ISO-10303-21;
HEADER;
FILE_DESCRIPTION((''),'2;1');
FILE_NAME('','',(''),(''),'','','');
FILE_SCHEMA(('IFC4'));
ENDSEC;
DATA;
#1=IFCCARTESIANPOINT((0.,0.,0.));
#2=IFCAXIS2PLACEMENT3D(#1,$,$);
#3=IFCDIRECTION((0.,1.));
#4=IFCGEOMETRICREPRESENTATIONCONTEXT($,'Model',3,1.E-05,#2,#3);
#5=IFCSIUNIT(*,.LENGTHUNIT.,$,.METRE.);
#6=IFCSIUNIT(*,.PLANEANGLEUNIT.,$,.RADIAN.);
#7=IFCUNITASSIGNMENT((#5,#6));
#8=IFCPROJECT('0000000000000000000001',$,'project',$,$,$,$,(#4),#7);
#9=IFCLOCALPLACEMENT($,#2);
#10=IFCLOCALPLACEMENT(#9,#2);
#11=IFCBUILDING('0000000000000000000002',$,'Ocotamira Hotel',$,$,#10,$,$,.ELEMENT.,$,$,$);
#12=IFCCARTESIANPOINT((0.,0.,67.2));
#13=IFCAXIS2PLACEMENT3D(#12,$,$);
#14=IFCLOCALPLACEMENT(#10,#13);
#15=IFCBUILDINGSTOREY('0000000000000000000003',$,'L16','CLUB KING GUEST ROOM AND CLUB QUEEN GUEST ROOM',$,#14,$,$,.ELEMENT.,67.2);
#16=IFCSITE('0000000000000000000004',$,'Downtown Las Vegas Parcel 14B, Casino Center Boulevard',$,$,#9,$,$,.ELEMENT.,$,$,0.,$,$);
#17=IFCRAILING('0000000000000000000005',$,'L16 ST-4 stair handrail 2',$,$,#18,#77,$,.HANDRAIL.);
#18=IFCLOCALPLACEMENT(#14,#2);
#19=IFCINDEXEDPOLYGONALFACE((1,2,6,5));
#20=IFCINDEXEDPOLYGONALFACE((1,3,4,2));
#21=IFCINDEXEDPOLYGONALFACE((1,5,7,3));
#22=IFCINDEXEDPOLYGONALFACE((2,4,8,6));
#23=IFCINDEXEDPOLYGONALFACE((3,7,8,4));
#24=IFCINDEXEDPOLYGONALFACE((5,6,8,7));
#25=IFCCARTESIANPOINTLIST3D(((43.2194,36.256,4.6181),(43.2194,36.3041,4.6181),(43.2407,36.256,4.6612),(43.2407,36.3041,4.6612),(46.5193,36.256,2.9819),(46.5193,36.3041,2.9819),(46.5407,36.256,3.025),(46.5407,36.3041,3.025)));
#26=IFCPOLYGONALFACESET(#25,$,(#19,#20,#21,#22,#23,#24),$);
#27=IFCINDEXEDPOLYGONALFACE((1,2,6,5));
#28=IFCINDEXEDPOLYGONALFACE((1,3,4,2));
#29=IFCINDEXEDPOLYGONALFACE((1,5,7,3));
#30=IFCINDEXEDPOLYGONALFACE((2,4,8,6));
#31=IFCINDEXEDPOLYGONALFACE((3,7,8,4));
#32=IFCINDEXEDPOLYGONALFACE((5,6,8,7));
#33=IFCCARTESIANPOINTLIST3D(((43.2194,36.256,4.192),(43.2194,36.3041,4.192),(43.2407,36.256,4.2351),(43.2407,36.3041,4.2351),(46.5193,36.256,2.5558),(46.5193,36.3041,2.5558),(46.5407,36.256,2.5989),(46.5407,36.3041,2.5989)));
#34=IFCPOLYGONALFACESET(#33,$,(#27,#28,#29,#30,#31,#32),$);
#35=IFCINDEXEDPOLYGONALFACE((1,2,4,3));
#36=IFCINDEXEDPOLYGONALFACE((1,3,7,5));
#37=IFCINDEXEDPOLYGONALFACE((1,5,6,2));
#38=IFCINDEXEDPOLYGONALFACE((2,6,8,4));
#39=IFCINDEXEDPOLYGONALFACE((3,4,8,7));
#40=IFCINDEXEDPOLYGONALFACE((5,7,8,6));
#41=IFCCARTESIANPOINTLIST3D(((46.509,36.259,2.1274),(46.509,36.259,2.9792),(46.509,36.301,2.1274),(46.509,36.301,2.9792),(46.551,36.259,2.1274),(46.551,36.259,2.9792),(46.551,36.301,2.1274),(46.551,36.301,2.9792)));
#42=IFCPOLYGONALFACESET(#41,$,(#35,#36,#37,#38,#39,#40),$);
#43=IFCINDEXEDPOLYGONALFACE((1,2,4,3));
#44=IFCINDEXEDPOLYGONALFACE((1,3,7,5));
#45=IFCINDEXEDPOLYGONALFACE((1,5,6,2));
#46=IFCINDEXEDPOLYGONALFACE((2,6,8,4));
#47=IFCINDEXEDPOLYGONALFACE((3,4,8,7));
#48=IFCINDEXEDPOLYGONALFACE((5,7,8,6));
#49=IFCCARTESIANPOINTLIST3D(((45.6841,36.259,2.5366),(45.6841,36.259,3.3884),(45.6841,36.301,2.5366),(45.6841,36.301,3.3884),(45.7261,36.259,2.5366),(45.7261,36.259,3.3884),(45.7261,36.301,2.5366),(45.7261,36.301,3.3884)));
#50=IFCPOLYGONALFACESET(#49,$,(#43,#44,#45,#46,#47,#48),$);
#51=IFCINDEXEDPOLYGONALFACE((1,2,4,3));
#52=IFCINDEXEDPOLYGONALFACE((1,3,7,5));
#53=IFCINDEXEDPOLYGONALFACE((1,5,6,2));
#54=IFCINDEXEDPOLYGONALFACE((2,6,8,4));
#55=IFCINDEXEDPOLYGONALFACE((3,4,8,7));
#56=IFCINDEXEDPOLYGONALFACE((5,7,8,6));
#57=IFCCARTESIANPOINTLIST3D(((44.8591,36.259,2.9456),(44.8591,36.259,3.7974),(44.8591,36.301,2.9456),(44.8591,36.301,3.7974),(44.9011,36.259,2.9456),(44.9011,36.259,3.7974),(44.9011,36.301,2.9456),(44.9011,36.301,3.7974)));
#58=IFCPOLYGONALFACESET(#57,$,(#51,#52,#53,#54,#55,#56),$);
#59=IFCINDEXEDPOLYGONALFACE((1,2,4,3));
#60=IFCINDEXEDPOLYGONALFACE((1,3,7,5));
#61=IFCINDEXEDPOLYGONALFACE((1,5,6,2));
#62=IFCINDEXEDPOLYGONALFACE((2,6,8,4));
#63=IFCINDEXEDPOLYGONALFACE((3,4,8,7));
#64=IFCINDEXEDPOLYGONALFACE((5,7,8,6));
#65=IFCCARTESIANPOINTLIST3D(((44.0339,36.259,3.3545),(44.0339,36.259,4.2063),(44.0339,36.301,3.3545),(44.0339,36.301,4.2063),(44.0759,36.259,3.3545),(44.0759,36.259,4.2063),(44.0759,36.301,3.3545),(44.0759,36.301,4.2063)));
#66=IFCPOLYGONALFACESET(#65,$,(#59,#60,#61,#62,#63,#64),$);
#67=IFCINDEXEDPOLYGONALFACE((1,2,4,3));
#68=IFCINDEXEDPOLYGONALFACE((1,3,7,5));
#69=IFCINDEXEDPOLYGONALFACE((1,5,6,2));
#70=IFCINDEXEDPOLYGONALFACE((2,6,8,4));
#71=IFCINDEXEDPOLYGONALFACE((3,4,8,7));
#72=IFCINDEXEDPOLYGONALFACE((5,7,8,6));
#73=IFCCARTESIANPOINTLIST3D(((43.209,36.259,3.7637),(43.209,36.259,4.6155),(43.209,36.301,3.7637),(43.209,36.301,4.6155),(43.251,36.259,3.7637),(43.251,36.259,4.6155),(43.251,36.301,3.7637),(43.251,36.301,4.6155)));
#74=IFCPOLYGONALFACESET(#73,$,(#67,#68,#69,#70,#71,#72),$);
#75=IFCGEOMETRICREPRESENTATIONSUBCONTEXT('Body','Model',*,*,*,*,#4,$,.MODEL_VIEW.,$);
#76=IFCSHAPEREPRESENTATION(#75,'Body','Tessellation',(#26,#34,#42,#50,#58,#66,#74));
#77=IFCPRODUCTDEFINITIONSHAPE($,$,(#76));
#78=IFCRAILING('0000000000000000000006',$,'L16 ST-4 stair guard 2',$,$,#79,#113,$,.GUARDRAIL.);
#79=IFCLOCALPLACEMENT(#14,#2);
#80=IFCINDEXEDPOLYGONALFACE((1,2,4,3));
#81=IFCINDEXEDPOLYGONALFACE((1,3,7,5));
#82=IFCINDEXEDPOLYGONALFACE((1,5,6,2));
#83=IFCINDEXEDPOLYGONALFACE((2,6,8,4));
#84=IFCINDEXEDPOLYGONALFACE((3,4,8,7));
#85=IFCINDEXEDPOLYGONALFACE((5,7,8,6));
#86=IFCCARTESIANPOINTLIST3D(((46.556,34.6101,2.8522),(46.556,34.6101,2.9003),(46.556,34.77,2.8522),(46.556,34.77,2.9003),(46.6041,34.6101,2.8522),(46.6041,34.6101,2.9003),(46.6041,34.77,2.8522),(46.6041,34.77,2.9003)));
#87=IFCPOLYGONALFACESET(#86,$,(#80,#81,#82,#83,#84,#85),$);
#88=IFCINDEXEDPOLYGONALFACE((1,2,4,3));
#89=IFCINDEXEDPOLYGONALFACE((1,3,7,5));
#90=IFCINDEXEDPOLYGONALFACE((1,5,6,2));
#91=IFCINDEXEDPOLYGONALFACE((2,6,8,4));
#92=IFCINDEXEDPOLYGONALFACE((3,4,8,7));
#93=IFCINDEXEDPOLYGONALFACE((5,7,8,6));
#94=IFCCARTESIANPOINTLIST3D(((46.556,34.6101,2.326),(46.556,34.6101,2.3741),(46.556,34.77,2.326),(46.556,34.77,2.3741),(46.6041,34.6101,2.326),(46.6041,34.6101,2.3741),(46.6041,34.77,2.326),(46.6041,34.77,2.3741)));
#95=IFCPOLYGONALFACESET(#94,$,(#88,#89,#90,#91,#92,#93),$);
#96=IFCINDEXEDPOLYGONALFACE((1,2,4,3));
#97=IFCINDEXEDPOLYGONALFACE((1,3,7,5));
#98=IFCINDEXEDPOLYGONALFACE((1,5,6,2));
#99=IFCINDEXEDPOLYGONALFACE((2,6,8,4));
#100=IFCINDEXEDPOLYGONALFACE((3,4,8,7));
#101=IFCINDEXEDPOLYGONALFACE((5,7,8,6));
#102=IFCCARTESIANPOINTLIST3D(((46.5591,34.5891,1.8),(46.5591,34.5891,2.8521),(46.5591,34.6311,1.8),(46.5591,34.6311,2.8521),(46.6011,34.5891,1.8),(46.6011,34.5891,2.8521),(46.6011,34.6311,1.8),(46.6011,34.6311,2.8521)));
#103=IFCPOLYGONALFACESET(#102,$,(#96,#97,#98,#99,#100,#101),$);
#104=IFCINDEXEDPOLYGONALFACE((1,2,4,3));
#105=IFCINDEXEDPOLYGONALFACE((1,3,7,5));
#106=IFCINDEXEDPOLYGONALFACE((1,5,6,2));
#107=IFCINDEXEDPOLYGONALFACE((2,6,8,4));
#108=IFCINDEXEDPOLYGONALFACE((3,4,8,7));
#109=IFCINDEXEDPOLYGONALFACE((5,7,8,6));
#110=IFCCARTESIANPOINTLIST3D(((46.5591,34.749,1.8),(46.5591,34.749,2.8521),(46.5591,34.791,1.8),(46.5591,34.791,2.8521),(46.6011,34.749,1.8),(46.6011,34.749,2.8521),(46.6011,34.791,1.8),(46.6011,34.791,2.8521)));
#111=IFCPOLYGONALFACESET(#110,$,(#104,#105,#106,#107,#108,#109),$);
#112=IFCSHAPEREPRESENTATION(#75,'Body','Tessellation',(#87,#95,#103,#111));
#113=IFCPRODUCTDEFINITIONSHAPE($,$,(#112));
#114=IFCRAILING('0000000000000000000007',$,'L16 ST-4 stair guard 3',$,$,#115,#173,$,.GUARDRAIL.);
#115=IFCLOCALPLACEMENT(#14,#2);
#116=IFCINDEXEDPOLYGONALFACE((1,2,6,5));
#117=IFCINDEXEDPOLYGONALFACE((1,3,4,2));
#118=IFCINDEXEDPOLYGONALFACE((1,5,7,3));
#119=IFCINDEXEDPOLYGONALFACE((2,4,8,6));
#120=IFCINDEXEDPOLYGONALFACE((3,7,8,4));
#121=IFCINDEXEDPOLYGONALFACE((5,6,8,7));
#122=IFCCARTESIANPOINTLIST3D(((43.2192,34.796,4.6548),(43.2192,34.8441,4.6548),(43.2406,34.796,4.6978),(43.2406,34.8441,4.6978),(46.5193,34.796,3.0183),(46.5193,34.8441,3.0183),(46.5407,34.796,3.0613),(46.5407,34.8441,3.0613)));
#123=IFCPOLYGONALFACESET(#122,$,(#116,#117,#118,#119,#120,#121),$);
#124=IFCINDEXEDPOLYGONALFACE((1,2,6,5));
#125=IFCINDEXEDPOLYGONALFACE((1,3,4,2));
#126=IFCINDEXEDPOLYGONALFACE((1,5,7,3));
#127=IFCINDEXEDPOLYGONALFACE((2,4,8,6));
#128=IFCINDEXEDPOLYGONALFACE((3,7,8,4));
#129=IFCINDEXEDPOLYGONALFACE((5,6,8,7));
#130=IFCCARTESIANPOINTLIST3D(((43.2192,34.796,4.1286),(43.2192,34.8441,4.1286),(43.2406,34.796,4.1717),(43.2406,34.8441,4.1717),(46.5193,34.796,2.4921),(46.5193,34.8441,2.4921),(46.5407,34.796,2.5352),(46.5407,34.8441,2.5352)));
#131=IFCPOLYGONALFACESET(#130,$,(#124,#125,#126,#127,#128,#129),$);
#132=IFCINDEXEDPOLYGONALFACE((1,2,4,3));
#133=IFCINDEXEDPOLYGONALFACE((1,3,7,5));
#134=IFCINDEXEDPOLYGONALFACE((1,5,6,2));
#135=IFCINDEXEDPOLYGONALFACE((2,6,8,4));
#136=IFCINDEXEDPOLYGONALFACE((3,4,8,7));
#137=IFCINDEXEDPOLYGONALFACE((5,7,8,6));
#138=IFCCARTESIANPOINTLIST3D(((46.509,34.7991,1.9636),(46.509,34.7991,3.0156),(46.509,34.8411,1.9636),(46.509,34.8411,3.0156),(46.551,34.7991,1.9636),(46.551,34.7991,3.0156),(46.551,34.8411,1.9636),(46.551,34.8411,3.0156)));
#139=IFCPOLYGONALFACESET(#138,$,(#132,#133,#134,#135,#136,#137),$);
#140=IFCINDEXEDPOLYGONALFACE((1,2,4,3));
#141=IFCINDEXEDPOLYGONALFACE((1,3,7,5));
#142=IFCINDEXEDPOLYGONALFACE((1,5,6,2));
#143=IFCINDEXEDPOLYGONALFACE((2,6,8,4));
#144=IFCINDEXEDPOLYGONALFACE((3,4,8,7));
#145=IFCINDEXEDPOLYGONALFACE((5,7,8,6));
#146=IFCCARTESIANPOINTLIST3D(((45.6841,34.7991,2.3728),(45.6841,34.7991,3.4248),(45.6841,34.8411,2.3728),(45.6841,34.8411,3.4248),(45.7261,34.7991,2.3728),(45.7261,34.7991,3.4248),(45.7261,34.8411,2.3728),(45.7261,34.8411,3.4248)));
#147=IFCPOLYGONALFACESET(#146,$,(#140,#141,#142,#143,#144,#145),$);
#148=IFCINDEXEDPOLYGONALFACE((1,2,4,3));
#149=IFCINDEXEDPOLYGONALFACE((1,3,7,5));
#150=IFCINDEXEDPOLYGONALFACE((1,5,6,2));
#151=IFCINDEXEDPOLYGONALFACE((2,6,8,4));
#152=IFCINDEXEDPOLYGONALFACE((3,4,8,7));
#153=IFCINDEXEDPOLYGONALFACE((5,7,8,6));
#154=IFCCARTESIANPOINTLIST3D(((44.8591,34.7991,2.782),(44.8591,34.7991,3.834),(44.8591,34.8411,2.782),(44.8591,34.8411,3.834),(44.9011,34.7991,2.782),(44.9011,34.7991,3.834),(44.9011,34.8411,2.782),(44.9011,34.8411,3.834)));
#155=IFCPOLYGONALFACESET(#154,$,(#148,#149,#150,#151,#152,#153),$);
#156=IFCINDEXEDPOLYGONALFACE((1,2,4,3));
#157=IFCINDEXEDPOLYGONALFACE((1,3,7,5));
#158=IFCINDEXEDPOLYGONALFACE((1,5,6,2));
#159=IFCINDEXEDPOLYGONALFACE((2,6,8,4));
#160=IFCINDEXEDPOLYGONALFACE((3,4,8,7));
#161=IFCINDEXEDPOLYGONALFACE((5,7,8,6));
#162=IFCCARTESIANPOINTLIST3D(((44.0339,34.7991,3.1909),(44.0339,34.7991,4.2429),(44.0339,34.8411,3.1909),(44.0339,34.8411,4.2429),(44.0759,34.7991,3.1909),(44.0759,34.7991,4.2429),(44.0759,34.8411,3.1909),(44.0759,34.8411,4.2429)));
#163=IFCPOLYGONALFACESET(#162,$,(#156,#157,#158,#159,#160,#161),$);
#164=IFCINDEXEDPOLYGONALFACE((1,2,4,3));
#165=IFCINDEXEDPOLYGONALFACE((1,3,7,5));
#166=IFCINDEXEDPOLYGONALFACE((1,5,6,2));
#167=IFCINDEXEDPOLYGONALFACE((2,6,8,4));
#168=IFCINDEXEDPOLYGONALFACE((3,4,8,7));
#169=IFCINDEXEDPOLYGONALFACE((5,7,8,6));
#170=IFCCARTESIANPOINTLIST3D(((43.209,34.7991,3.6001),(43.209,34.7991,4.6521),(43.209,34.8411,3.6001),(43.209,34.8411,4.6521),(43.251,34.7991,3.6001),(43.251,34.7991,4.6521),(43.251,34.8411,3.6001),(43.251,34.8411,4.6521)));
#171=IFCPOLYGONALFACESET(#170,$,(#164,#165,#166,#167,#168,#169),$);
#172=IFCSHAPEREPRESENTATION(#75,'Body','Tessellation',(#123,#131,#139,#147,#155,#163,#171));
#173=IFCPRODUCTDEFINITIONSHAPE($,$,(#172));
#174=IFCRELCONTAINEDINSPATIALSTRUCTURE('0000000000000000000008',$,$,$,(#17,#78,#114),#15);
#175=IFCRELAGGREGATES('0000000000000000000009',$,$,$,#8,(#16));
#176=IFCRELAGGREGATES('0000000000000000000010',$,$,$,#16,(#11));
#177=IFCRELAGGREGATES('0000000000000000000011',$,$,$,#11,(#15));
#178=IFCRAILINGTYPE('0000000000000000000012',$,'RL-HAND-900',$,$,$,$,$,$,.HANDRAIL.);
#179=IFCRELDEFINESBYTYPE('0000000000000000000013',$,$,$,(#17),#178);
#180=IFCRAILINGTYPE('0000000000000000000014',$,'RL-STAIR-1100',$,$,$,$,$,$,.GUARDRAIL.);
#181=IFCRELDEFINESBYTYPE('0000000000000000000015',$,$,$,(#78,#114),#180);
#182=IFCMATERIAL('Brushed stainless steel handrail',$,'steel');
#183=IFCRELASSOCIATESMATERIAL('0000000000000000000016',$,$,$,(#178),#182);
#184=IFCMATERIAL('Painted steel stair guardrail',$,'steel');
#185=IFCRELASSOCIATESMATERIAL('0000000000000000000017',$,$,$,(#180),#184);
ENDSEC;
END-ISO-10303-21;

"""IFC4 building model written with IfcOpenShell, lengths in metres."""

from ifc_helpers import new_model, si_unit, direction, frame, origin, origin_2d, place, context, subcontext, project, spatial, rectangle, extrude, material, type_object, element, save


model = new_model("IFC4")

# Units and contexts
model_context = context("Model", 3, precision=1e-05, world=origin(), true_north=direction((0.0, 1.0)))
body_context = subcontext(model_context, "Body", "Model", "MODEL_VIEW")
ifc_project = project(units=[si_unit("LENGTHUNIT", "METRE"), si_unit("PLANEANGLEUNIT", "RADIAN")], contexts=[model_context])

# Site, building, storey
site_placement = place(None, origin())
site = spatial("IfcSite", under=ifc_project, at=site_placement, Name="Downtown Las Vegas Parcel 14B, Casino Center Boulevard", CompositionType="ELEMENT", RefElevation=0.0)
building_placement = place(site_placement, origin())
building = spatial("IfcBuilding", under=site, at=building_placement, Name="Ocotamira Hotel", CompositionType="ELEMENT")
storey_placement = place(building_placement, frame((0.0, 0.0, 67.2)))
storey = spatial("IfcBuildingStorey", under=building, at=storey_placement, Name="L16", Description="CLUB KING GUEST ROOM AND CLUB QUEEN GUEST ROOM", CompositionType="ELEMENT", Elevation=67.2)

# Railings
ifc_material_1 = material(Name="Brushed stainless steel handrail", Category="steel")
railing_type_1 = type_object("IfcRailingType", Name="RL-HAND-900", PredefinedType="HANDRAIL", material=ifc_material_1)
railing_1_placement = place(storey_placement, frame((46.53, 36.28, 2.1274)))
element("IfcRailing", 1, at=railing_1_placement, inside=storey, type_object=railing_type_1, Name="L16 ST-4 stair handrail 2", PredefinedType="HANDRAIL", context=body_context, shape_type="SweptSolid", body=[
    extrude(rectangle(XDim=0.0481, YDim=0.0481, at=origin_2d()), frame((0.0, 0.0, 0.876), z_axis=(-0.89592, 0.0, 0.444215), x_axis=(0.0, -1.0, 0.0)), (0.0, 0.0, 1.0), 3.6833),
    extrude(rectangle(XDim=0.0481, YDim=0.0481, at=origin_2d()), frame((0.0, 0.0, 0.45), z_axis=(-0.89592, 0.0, 0.444215), x_axis=(0.0, -1.0, 0.0)), (0.0, 0.0, 1.0), 3.6833),
    extrude(rectangle(XDim=0.042, YDim=0.042, at=origin_2d()), origin(), (0.0, 0.0, 1.0), 0.8518),
    extrude(rectangle(XDim=0.042, YDim=0.042, at=origin_2d()), frame((-0.825, 0.0, 0.4092)), (0.0, 0.0, 1.0), 0.8518),
    extrude(rectangle(XDim=0.042, YDim=0.042, at=origin_2d()), frame((-1.6499, 0.0, 0.8181)), (0.0, 0.0, 1.0), 0.8518),
    extrude(rectangle(XDim=0.042, YDim=0.042, at=origin_2d()), frame((-2.4751, 0.0, 1.2271)), (0.0, 0.0, 1.0), 0.8518),
    extrude(rectangle(XDim=0.042, YDim=0.042, at=origin_2d()), frame((-3.3, 0.0, 1.6362)), (0.0, 0.0, 1.0), 0.8518),
])
ifc_material_2 = material(Name="Painted steel stair guardrail", Category="steel")
railing_type_2 = type_object("IfcRailingType", Name="RL-STAIR-1100", PredefinedType="GUARDRAIL", material=ifc_material_2)
railing_2_placement = place(storey_placement, frame((46.5801, 34.6101, 1.8)))
element("IfcRailing", 2, at=railing_2_placement, inside=storey, type_object=railing_type_2, Name="L16 ST-4 stair guard 2", PredefinedType="GUARDRAIL", context=body_context, shape_type="SweptSolid", body=[
    extrude(rectangle(XDim=0.0481, YDim=0.0481, at=origin_2d()), frame((0.0, 0.0, 1.0762), z_axis=(0.0, 1.0, 0.0), x_axis=(-1.0, 0.0, 0.0)), (0.0, 0.0, 1.0), 0.1599),
    extrude(rectangle(XDim=0.0481, YDim=0.0481, at=origin_2d()), frame((0.0, 0.0, 0.55), z_axis=(0.0, 1.0, 0.0), x_axis=(-1.0, 0.0, 0.0)), (0.0, 0.0, 1.0), 0.1599),
    extrude(rectangle(XDim=0.042, YDim=0.042, at=origin_2d()), origin(), (0.0, 0.0, 1.0), 1.052),
    extrude(rectangle(XDim=0.042, YDim=0.042, at=origin_2d()), frame((0.0, 0.1599, 0.0)), (0.0, 0.0, 1.0), 1.052),
])
railing_3_placement = place(storey_placement, frame((46.53, 34.8201, 1.9636)))
element("IfcRailing", 3, at=railing_3_placement, inside=storey, type_object=railing_type_2, Name="L16 ST-4 stair guard 3", PredefinedType="GUARDRAIL", context=body_context, shape_type="SweptSolid", body=[
    extrude(rectangle(XDim=0.0481, YDim=0.0481, at=origin_2d()), frame((0.0, 0.0, 1.0762), z_axis=(-0.895894, 0.0, 0.444268), x_axis=(0.0, -1.0, 0.0)), (0.0, 0.0, 1.0), 3.6836),
    extrude(rectangle(XDim=0.0481, YDim=0.0481, at=origin_2d()), frame((0.0, 0.0, 0.55), z_axis=(-0.895894, 0.0, 0.444268), x_axis=(0.0, -1.0, 0.0)), (0.0, 0.0, 1.0), 3.6836),
    extrude(rectangle(XDim=0.042, YDim=0.042, at=origin_2d()), origin(), (0.0, 0.0, 1.0), 1.052),
    extrude(rectangle(XDim=0.042, YDim=0.042, at=origin_2d()), frame((-0.825, 0.0, 0.4092)), (0.0, 0.0, 1.0), 1.052),
    extrude(rectangle(XDim=0.042, YDim=0.042, at=origin_2d()), frame((-1.6499, 0.0, 0.8184)), (0.0, 0.0, 1.0), 1.052),
    extrude(rectangle(XDim=0.042, YDim=0.042, at=origin_2d()), frame((-2.4751, 0.0, 1.2273)), (0.0, 0.0, 1.0), 1.052),
    extrude(rectangle(XDim=0.042, YDim=0.042, at=origin_2d()), frame((-3.3, 0.0, 1.6365)), (0.0, 0.0, 1.0), 1.052),
])

save(model, "model.ifc")
